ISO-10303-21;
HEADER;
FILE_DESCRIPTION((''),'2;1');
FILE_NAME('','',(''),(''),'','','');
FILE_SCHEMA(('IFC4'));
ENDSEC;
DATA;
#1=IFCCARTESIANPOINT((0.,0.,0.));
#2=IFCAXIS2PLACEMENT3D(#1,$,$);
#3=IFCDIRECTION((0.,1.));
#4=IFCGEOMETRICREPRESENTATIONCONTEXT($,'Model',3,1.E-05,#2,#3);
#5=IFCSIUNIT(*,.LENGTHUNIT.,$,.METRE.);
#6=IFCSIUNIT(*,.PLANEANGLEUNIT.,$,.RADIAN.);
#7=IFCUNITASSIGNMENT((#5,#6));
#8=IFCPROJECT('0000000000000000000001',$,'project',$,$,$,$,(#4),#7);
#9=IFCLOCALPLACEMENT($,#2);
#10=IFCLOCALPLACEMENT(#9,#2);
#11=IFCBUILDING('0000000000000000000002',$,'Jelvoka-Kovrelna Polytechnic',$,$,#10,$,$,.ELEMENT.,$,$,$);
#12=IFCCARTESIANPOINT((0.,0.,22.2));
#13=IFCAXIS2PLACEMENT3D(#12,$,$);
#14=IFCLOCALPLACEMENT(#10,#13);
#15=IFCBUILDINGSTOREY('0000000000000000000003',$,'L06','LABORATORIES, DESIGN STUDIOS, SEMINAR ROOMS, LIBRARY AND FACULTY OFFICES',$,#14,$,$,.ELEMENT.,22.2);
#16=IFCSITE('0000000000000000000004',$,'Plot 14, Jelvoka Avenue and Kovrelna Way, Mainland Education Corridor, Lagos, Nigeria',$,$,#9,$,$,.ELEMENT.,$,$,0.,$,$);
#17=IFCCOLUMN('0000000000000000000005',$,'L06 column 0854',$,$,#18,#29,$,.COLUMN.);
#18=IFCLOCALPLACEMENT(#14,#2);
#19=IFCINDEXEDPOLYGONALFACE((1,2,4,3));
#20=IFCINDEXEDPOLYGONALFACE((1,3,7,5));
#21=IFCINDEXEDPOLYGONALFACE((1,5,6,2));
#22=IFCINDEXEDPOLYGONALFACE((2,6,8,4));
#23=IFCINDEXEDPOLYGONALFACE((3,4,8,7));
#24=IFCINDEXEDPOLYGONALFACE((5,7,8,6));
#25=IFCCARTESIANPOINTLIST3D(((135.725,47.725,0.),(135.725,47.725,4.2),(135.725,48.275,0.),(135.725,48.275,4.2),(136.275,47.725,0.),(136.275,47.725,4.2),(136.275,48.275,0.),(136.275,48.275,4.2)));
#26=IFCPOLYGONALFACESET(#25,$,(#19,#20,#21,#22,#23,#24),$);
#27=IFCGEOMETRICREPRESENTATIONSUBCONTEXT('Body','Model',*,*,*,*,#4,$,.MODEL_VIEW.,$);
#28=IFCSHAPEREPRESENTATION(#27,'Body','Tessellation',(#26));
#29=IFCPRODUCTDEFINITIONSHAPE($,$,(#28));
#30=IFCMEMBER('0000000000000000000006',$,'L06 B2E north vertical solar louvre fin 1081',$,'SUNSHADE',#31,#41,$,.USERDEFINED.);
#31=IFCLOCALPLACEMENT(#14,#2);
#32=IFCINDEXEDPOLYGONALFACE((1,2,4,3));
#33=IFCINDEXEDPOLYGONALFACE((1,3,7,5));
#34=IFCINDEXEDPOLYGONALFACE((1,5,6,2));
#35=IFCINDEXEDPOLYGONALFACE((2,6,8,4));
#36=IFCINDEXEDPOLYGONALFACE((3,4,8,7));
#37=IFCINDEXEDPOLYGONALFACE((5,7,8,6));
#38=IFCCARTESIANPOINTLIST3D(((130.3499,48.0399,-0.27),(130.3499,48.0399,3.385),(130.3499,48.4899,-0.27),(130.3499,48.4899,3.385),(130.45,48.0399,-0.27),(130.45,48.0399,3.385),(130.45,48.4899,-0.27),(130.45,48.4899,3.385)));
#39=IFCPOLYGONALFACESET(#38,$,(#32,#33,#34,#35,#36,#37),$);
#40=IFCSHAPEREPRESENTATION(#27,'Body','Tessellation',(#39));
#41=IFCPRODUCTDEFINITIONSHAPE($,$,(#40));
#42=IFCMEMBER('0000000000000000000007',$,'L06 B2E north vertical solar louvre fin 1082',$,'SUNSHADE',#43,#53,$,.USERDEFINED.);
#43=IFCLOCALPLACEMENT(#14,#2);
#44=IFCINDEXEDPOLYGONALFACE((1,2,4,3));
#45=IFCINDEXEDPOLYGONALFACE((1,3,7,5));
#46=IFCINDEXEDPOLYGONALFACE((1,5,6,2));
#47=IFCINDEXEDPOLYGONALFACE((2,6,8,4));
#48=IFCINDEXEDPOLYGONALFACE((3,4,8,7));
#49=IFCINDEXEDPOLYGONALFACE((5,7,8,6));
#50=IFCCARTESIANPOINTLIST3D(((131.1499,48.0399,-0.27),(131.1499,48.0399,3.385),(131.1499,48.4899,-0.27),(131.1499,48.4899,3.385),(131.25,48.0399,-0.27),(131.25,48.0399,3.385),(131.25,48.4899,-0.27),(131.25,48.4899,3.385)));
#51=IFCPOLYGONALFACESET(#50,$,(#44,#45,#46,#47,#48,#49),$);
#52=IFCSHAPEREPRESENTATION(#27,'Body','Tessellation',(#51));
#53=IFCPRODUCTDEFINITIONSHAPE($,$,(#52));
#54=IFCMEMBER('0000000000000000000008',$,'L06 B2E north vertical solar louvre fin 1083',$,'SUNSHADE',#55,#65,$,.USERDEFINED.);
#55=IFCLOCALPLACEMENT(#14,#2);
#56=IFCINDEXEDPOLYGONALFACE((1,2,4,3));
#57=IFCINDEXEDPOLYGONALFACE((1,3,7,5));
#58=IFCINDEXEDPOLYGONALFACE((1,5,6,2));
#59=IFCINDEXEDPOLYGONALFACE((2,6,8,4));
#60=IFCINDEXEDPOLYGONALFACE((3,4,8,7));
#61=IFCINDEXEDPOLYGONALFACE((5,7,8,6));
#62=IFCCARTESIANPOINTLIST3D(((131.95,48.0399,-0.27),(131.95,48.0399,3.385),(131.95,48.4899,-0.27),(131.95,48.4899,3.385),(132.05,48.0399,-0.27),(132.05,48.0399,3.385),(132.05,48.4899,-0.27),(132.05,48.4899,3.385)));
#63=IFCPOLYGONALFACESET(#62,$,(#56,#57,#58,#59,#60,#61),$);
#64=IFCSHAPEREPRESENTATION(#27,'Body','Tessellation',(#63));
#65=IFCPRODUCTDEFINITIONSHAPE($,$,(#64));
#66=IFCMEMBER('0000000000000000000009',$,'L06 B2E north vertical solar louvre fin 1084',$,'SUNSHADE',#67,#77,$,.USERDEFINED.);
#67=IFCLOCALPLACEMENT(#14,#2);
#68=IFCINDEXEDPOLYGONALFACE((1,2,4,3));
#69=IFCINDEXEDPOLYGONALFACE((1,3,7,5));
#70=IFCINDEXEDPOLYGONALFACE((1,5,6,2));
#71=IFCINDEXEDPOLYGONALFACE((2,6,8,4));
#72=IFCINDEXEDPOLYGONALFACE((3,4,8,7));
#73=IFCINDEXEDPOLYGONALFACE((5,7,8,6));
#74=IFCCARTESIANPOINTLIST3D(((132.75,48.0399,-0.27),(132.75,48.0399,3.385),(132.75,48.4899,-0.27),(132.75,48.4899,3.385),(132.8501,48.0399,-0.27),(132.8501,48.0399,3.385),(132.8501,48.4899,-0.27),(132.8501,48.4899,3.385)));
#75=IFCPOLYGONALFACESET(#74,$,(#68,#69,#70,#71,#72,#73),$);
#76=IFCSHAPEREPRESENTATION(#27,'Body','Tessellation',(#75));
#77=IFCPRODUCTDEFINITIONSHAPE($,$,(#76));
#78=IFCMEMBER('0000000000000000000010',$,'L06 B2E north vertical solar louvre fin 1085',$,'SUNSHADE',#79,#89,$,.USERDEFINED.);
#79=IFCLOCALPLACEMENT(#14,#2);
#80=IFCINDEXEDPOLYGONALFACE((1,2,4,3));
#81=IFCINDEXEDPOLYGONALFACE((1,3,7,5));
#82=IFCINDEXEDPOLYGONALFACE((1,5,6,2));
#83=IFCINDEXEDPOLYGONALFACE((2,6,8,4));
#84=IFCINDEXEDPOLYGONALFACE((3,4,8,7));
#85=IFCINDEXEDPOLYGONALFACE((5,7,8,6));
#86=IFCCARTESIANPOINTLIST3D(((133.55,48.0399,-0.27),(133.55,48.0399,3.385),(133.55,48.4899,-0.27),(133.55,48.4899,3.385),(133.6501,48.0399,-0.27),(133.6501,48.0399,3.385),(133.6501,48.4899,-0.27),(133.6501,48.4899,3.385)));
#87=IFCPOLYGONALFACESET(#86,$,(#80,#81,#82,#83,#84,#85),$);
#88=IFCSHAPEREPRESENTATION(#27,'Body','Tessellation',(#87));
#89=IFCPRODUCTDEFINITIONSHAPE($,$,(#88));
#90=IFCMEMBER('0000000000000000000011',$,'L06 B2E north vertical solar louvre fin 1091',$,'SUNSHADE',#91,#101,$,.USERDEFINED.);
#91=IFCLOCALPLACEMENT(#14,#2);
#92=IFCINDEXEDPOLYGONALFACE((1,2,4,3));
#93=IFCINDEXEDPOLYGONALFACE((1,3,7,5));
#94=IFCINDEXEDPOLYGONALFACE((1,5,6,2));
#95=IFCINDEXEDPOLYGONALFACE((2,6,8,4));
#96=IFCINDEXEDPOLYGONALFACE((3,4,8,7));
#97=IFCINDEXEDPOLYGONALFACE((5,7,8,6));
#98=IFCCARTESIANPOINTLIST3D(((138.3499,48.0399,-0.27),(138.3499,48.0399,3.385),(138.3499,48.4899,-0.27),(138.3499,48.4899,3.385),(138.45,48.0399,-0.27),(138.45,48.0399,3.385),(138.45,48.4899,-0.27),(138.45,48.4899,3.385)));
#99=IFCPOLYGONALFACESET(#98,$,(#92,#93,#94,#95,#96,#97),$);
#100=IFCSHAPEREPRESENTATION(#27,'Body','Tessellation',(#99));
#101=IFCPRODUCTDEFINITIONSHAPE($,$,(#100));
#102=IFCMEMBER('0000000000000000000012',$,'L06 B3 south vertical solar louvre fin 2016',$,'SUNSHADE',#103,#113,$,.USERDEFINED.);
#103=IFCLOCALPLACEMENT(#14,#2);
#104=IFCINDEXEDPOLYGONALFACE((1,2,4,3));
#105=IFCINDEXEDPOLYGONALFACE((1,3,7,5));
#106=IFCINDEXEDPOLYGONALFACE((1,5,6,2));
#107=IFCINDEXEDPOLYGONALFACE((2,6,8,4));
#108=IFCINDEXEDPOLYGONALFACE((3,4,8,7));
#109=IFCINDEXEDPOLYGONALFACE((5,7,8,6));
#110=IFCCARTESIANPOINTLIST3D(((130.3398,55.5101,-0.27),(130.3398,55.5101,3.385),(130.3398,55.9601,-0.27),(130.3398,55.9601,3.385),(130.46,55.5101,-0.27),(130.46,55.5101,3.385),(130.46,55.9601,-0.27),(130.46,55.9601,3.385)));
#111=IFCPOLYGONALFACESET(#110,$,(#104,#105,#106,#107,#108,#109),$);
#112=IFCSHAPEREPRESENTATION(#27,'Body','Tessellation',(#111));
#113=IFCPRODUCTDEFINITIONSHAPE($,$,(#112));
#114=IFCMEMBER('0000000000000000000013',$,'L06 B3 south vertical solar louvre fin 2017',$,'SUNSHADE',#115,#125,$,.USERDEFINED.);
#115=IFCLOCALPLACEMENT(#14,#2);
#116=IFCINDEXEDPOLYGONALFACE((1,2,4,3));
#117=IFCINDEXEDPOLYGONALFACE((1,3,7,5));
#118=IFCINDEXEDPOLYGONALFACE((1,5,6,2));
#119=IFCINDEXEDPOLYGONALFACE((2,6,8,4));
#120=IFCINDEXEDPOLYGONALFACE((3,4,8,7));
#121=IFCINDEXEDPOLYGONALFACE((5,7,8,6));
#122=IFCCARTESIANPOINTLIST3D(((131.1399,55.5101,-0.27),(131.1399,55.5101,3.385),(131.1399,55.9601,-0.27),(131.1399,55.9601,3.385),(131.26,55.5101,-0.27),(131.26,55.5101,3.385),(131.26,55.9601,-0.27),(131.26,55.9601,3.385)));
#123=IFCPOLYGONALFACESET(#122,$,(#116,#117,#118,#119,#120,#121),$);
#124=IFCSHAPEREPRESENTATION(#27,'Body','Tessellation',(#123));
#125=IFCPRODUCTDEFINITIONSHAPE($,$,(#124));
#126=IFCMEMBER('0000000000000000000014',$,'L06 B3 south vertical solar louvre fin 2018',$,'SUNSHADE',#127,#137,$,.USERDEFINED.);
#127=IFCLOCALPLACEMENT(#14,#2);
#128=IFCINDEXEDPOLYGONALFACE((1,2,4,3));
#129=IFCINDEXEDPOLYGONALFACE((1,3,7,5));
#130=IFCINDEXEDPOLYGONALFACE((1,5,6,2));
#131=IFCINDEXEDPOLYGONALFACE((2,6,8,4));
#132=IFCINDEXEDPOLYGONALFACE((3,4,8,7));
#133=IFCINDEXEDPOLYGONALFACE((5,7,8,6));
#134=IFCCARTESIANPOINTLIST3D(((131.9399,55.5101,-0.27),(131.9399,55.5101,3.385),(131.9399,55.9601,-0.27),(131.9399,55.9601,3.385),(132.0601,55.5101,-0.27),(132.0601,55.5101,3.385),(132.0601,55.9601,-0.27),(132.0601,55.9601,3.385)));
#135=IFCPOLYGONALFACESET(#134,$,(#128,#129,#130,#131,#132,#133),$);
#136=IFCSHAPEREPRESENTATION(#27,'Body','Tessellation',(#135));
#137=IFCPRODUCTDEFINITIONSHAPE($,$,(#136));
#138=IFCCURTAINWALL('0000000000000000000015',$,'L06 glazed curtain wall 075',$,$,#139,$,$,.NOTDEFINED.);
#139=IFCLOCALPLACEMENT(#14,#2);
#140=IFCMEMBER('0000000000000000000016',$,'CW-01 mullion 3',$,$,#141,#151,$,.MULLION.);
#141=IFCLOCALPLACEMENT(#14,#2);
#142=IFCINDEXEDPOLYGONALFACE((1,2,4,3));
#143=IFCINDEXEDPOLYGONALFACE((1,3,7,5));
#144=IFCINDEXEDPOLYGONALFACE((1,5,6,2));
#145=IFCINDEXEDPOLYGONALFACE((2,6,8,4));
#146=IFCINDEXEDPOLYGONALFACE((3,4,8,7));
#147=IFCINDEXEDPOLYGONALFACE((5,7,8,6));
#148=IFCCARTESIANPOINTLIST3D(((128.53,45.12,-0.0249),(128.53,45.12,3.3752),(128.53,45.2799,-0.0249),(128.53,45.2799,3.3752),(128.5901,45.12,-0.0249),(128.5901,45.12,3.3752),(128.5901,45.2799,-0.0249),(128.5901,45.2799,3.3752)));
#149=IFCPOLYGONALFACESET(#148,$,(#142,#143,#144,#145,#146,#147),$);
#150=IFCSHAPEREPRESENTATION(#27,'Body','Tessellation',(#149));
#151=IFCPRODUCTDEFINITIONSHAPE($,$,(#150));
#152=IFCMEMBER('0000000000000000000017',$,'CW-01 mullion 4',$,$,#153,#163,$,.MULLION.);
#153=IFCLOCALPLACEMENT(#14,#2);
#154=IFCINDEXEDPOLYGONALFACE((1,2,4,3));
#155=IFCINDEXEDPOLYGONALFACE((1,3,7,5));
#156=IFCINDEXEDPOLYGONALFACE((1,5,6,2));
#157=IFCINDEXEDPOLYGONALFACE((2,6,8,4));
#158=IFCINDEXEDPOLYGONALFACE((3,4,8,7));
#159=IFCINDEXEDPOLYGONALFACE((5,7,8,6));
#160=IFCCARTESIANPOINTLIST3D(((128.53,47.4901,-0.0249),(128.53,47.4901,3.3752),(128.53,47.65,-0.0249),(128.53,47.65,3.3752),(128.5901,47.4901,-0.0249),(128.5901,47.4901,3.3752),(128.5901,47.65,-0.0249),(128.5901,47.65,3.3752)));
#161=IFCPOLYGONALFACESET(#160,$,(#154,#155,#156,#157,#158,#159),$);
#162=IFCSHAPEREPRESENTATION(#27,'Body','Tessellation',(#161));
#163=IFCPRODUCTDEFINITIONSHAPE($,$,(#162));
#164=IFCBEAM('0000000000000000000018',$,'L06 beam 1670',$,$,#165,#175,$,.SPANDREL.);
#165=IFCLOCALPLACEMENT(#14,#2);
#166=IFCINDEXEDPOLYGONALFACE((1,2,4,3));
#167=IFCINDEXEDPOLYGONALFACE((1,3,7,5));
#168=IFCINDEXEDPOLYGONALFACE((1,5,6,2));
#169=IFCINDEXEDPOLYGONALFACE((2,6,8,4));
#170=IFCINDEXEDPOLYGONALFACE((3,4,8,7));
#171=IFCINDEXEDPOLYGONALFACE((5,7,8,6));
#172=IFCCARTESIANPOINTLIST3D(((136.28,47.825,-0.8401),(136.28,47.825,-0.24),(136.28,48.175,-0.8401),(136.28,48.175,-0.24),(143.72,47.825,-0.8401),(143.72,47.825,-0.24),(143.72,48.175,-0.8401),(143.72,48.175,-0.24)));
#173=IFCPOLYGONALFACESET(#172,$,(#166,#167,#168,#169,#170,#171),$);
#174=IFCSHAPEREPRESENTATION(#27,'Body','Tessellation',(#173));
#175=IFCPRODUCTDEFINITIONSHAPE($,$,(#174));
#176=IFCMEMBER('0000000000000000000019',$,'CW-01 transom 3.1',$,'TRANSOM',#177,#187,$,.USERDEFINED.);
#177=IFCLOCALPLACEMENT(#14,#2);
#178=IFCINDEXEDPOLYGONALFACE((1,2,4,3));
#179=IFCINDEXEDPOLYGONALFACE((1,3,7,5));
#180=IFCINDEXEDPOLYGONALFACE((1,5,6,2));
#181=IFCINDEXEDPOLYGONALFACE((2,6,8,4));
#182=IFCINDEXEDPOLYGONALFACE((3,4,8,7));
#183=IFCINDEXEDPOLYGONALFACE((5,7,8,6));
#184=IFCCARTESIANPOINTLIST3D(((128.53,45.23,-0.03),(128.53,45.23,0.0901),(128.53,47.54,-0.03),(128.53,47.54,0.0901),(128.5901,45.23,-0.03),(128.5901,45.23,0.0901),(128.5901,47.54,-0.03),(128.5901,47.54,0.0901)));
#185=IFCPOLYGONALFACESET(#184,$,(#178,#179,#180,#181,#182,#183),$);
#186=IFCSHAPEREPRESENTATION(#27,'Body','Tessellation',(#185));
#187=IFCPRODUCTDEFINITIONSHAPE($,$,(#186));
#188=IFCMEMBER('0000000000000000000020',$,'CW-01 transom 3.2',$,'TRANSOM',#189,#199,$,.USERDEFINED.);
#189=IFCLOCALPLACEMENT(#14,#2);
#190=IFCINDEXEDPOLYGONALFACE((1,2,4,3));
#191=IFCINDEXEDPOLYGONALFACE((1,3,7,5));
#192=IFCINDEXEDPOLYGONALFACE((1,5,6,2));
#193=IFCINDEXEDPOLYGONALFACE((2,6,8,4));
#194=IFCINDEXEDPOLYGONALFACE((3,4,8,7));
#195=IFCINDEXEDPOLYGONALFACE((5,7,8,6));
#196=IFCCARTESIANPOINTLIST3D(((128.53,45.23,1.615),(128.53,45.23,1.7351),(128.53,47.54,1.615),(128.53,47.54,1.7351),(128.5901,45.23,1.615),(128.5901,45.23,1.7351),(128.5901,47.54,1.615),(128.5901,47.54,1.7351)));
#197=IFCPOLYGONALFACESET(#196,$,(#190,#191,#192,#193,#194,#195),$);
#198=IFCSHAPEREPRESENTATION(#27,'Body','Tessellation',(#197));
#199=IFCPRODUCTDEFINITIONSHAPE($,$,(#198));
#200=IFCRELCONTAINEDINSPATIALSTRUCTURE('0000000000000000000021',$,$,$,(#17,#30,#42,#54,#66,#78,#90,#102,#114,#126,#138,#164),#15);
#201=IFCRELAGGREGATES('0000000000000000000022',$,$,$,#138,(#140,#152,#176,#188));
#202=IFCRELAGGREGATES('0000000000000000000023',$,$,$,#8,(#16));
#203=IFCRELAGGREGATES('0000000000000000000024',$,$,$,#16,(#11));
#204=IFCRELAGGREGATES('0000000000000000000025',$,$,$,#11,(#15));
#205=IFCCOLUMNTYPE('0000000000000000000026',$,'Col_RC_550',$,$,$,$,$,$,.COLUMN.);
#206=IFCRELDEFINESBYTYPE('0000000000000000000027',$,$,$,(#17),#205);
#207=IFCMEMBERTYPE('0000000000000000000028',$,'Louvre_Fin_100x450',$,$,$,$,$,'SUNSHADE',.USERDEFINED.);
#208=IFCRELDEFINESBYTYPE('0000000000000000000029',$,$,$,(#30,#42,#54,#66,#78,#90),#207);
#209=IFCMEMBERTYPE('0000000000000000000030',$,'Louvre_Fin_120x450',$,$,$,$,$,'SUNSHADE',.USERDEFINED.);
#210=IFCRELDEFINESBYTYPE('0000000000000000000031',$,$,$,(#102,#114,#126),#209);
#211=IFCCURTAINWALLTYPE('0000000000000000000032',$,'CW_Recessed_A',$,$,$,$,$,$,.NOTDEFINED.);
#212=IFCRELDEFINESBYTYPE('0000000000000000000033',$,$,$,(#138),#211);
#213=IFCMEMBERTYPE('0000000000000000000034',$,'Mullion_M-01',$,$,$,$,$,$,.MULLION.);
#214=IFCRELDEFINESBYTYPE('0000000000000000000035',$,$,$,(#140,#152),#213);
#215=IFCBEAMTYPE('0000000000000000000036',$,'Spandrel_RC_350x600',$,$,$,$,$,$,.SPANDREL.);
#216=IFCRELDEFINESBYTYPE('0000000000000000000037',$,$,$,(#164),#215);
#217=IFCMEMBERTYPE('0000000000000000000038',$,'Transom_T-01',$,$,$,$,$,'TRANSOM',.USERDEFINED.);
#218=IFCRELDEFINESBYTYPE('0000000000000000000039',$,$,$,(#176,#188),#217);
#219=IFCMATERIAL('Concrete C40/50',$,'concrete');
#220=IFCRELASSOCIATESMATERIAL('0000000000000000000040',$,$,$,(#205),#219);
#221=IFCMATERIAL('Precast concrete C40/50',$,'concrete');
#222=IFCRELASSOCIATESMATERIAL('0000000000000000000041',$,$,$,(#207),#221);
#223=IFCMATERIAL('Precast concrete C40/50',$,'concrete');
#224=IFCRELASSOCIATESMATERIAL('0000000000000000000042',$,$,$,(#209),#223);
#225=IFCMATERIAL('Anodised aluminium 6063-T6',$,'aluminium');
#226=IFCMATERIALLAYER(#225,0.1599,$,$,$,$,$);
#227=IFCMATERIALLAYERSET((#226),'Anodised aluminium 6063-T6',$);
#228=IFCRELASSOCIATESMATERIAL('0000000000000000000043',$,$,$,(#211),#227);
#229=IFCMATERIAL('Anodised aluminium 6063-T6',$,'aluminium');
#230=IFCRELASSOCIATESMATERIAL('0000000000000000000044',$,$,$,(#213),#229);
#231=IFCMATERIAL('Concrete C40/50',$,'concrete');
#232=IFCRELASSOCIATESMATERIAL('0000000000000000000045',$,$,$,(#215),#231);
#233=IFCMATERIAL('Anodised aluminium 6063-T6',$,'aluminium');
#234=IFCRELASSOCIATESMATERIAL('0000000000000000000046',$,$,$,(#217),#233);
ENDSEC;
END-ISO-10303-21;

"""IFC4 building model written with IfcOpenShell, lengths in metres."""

from ifc_helpers import new_model, si_unit, direction, frame, origin, origin_2d, place, context, subcontext, project, spatial, rectangle, extrude, material, layer, layer_set, material_profile, profile_set, type_object, element, aggregate, save


model = new_model("IFC4")

# Units and contexts
model_context = context("Model", 3, precision=1e-05, world=origin(), true_north=direction((0.0, 1.0)))
body_context = subcontext(model_context, "Body", "Model", "MODEL_VIEW")
ifc_project = project(units=[si_unit("LENGTHUNIT", "METRE"), si_unit("PLANEANGLEUNIT", "RADIAN")], contexts=[model_context])

# Site, building, storey
site_placement = place(None, origin())
site = spatial("IfcSite", under=ifc_project, at=site_placement, Name="Plot 14, Jelvoka Avenue and Kovrelna Way, Mainland Education Corridor, Lagos, Nigeria", CompositionType="ELEMENT", RefElevation=0.0)
building_placement = place(site_placement, origin())
building = spatial("IfcBuilding", under=site, at=building_placement, Name="Jelvoka-Kovrelna Polytechnic", CompositionType="ELEMENT")
storey_placement = place(building_placement, frame((0.0, 0.0, 22.2)))
storey = spatial("IfcBuildingStorey", under=building, at=storey_placement, Name="L06", Description="LABORATORIES, DESIGN STUDIOS, SEMINAR ROOMS, LIBRARY AND FACULTY OFFICES", CompositionType="ELEMENT", Elevation=22.2)

# Column
ifc_material_1 = material(Name="Concrete C40/50", Category="concrete")
ifc_material_profile_1 = material_profile(ifc_material_1, rectangle(XDim=0.55, YDim=0.55, at=origin_2d()), Name="RC 550x550")
ifc_profile_set_1 = profile_set([ifc_material_profile_1], Name="Concrete C40/50")
column_type = type_object("IfcColumnType", Name="Col_RC_550", PredefinedType="COLUMN", material=ifc_profile_set_1)
column_placement = place(storey_placement, frame((136.0, 48.0, 0.0), z_axis=(0.0, 0.0, 1.0), x_axis=(1.0, 0.0, 0.0)))
element("IfcColumn", 1, at=column_placement, inside=storey, type_object=column_type, Name="L06 column 0854", PredefinedType="COLUMN", context=body_context, shape_type="SweptSolid", body=[
    extrude(rectangle(XDim=0.55, YDim=0.55, at=origin_2d()), origin(), (0.0, 0.0, 1.0), 4.2),
])

# Members
ifc_material_2 = material(Name="Precast concrete C40/50", Category="concrete")
ifc_material_profile_2 = material_profile(ifc_material_2, rectangle(XDim=0.1001, YDim=0.45, at=origin_2d()), Name="PC 100x450")
ifc_profile_set_2 = profile_set([ifc_material_profile_2], Name="Precast concrete C40/50")
member_type_1 = type_object("IfcMemberType", Name="Louvre_Fin_100x450", ElementType="SUNSHADE", PredefinedType="USERDEFINED", material=ifc_profile_set_2)
for number, where, z_axis, x_axis, name in (
    (2, (130.3999, 48.2649, -0.27), (0.0, 0.0, 1.0), (1.0, 0.0, 0.0), "L06 B2E north vertical solar louvre fin 1081"),
    (3, (131.2, 48.2649, -0.27), (0.0, 0.0, 1.0), (1.0, 0.0, 0.0), "L06 B2E north vertical solar louvre fin 1082"),
    (4, (132.0, 48.2649, -0.27), (0.0, 0.0, 1.0), (1.0, 0.0, 0.0), "L06 B2E north vertical solar louvre fin 1083"),
    (5, (132.8, 48.2649, -0.27), (0.0, 0.0, 1.0), (1.0, 0.0, 0.0), "L06 B2E north vertical solar louvre fin 1084"),
    (6, (133.6001, 48.2649, -0.27), (0.0, 0.0, 1.0), (1.0, 0.0, 0.0), "L06 B2E north vertical solar louvre fin 1085"),
    (7, (138.3999, 48.2649, -0.27), (0.0, 0.0, 1.0), (1.0, 0.0, 0.0), "L06 B2E north vertical solar louvre fin 1091"),
):
    element("IfcMember", number, at=place(storey_placement, frame(where, z_axis=z_axis, x_axis=x_axis)), inside=storey, type_object=member_type_1, Name=name, ObjectType="SUNSHADE", PredefinedType="USERDEFINED", context=body_context, shape_type="SweptSolid", body=[
        extrude(rectangle(XDim=0.1001, YDim=0.45, at=origin_2d()), origin(), (0.0, 0.0, 1.0), 3.655),
    ])
ifc_material_3 = material(Name="Precast concrete C40/50", Category="concrete")
ifc_material_profile_3 = material_profile(ifc_material_3, rectangle(XDim=0.1201, YDim=0.45, at=origin_2d()), Name="PC 120x450")
ifc_profile_set_3 = profile_set([ifc_material_profile_3], Name="Precast concrete C40/50")
member_type_2 = type_object("IfcMemberType", Name="Louvre_Fin_120x450", ElementType="SUNSHADE", PredefinedType="USERDEFINED", material=ifc_profile_set_3)
for number, where, z_axis, x_axis, name in (
    (8, (130.3999, 55.7351, -0.27), (0.0, 0.0, 1.0), (1.0, 0.0, 0.0), "L06 B3 south vertical solar louvre fin 2016"),
    (9, (131.2, 55.7351, -0.27), (0.0, 0.0, 1.0), (1.0, 0.0, 0.0), "L06 B3 south vertical solar louvre fin 2017"),
    (10, (132.0, 55.7351, -0.27), (0.0, 0.0, 1.0), (1.0, 0.0, 0.0), "L06 B3 south vertical solar louvre fin 2018"),
):
    element("IfcMember", number, at=place(storey_placement, frame(where, z_axis=z_axis, x_axis=x_axis)), inside=storey, type_object=member_type_2, Name=name, ObjectType="SUNSHADE", PredefinedType="USERDEFINED", context=body_context, shape_type="SweptSolid", body=[
        extrude(rectangle(XDim=0.1201, YDim=0.45, at=origin_2d()), origin(), (0.0, 0.0, 1.0), 3.655),
    ])

# Curtain wall, members
ifc_material_4 = material(Name="Anodised aluminium 6063-T6", Category="aluminium")
ifc_layer_1 = layer(ifc_material_4, 0.1599)
ifc_layer_set_1 = layer_set([ifc_layer_1], Name="Anodised aluminium 6063-T6")
curtain_wall_type = type_object("IfcCurtainWallType", Name="CW_Recessed_A", PredefinedType="NOTDEFINED", material=ifc_layer_set_1)
curtain_wall_placement = place(storey_placement, origin())
curtain_wall = element("IfcCurtainWall", 11, at=curtain_wall_placement, inside=storey, type_object=curtain_wall_type, Name="L06 glazed curtain wall 075", PredefinedType="NOTDEFINED")
ifc_material_5 = material(Name="Anodised aluminium 6063-T6", Category="aluminium")
ifc_material_profile_4 = material_profile(ifc_material_5, rectangle(XDim=0.0601, YDim=0.1599, at=origin_2d()), Name="ALU 60x160")
ifc_profile_set_4 = profile_set([ifc_material_profile_4], Name="Anodised aluminium 6063-T6")
member_type_3 = type_object("IfcMemberType", Name="Mullion_M-01", PredefinedType="MULLION", material=ifc_profile_set_4)
member_1_placement = place(storey_placement, frame((128.5601, 45.2, -0.0249), z_axis=(0.0, 0.0, 1.0), x_axis=(-1.0, 0.0, 0.0)))
member_1 = element("IfcMember", 12, at=member_1_placement, type_object=member_type_3, Name="CW-01 mullion 3", PredefinedType="MULLION", context=body_context, shape_type="SweptSolid", body=[
    extrude(rectangle(XDim=0.0601, YDim=0.1599, at=origin_2d()), origin(), (0.0, 0.0, 1.0), 3.4001),
])
member_2_placement = place(storey_placement, frame((128.5601, 47.5701, -0.0249), z_axis=(0.0, 0.0, 1.0), x_axis=(-1.0, 0.0, 0.0)))
member_2 = element("IfcMember", 13, at=member_2_placement, type_object=member_type_3, Name="CW-01 mullion 4", PredefinedType="MULLION", context=body_context, shape_type="SweptSolid", body=[
    extrude(rectangle(XDim=0.0601, YDim=0.1599, at=origin_2d()), origin(), (0.0, 0.0, 1.0), 3.4001),
])

# Beam
ifc_material_6 = material(Name="Concrete C40/50", Category="concrete")
ifc_material_profile_5 = material_profile(ifc_material_6, rectangle(XDim=0.3501, YDim=0.6001, at=origin_2d()), Name="RC 350x600")
ifc_profile_set_5 = profile_set([ifc_material_profile_5], Name="Concrete C40/50")
beam_type = type_object("IfcBeamType", Name="Spandrel_RC_350x600", PredefinedType="SPANDREL", material=ifc_profile_set_5)
beam_placement = place(storey_placement, frame((136.28, 48.0, -0.54), z_axis=(1.0, 0.0, 0.0), x_axis=(0.0, 1.0, 0.0)))
element("IfcBeam", 14, at=beam_placement, inside=storey, type_object=beam_type, Name="L06 beam 1670", PredefinedType="SPANDREL", context=body_context, shape_type="SweptSolid", body=[
    extrude(rectangle(XDim=0.3501, YDim=0.6001, at=origin_2d()), origin(), (0.0, 0.0, 1.0), 7.4399),
])

# Members
ifc_material_7 = material(Name="Anodised aluminium 6063-T6", Category="aluminium")
ifc_material_profile_6 = material_profile(ifc_material_7, rectangle(XDim=0.0601, YDim=0.1201, at=origin_2d()), Name="ALU 60x120")
ifc_profile_set_6 = profile_set([ifc_material_profile_6], Name="Anodised aluminium 6063-T6")
member_type_4 = type_object("IfcMemberType", Name="Transom_T-01", ElementType="TRANSOM", PredefinedType="USERDEFINED", material=ifc_profile_set_6)
member_3_placement = place(storey_placement, frame((128.5601, 45.23, 0.03), z_axis=(0.0, 1.0, 0.0), x_axis=(-1.0, 0.0, 0.0)))
member_3 = element("IfcMember", 15, at=member_3_placement, type_object=member_type_4, Name="CW-01 transom 3.1", ObjectType="TRANSOM", PredefinedType="USERDEFINED", context=body_context, shape_type="SweptSolid", body=[
    extrude(rectangle(XDim=0.0601, YDim=0.1201, at=origin_2d()), origin(), (0.0, 0.0, 1.0), 2.3101),
])
member_4_placement = place(storey_placement, frame((128.5601, 45.23, 1.675), z_axis=(0.0, 1.0, 0.0), x_axis=(-1.0, 0.0, 0.0)))
member_4 = element("IfcMember", 16, at=member_4_placement, type_object=member_type_4, Name="CW-01 transom 3.2", ObjectType="TRANSOM", PredefinedType="USERDEFINED", context=body_context, shape_type="SweptSolid", body=[
    extrude(rectangle(XDim=0.0601, YDim=0.1201, at=origin_2d()), origin(), (0.0, 0.0, 1.0), 2.3101),
])

aggregate(curtain_wall, [member_1, member_2, member_3, member_4])

save(model, "model.ifc")
